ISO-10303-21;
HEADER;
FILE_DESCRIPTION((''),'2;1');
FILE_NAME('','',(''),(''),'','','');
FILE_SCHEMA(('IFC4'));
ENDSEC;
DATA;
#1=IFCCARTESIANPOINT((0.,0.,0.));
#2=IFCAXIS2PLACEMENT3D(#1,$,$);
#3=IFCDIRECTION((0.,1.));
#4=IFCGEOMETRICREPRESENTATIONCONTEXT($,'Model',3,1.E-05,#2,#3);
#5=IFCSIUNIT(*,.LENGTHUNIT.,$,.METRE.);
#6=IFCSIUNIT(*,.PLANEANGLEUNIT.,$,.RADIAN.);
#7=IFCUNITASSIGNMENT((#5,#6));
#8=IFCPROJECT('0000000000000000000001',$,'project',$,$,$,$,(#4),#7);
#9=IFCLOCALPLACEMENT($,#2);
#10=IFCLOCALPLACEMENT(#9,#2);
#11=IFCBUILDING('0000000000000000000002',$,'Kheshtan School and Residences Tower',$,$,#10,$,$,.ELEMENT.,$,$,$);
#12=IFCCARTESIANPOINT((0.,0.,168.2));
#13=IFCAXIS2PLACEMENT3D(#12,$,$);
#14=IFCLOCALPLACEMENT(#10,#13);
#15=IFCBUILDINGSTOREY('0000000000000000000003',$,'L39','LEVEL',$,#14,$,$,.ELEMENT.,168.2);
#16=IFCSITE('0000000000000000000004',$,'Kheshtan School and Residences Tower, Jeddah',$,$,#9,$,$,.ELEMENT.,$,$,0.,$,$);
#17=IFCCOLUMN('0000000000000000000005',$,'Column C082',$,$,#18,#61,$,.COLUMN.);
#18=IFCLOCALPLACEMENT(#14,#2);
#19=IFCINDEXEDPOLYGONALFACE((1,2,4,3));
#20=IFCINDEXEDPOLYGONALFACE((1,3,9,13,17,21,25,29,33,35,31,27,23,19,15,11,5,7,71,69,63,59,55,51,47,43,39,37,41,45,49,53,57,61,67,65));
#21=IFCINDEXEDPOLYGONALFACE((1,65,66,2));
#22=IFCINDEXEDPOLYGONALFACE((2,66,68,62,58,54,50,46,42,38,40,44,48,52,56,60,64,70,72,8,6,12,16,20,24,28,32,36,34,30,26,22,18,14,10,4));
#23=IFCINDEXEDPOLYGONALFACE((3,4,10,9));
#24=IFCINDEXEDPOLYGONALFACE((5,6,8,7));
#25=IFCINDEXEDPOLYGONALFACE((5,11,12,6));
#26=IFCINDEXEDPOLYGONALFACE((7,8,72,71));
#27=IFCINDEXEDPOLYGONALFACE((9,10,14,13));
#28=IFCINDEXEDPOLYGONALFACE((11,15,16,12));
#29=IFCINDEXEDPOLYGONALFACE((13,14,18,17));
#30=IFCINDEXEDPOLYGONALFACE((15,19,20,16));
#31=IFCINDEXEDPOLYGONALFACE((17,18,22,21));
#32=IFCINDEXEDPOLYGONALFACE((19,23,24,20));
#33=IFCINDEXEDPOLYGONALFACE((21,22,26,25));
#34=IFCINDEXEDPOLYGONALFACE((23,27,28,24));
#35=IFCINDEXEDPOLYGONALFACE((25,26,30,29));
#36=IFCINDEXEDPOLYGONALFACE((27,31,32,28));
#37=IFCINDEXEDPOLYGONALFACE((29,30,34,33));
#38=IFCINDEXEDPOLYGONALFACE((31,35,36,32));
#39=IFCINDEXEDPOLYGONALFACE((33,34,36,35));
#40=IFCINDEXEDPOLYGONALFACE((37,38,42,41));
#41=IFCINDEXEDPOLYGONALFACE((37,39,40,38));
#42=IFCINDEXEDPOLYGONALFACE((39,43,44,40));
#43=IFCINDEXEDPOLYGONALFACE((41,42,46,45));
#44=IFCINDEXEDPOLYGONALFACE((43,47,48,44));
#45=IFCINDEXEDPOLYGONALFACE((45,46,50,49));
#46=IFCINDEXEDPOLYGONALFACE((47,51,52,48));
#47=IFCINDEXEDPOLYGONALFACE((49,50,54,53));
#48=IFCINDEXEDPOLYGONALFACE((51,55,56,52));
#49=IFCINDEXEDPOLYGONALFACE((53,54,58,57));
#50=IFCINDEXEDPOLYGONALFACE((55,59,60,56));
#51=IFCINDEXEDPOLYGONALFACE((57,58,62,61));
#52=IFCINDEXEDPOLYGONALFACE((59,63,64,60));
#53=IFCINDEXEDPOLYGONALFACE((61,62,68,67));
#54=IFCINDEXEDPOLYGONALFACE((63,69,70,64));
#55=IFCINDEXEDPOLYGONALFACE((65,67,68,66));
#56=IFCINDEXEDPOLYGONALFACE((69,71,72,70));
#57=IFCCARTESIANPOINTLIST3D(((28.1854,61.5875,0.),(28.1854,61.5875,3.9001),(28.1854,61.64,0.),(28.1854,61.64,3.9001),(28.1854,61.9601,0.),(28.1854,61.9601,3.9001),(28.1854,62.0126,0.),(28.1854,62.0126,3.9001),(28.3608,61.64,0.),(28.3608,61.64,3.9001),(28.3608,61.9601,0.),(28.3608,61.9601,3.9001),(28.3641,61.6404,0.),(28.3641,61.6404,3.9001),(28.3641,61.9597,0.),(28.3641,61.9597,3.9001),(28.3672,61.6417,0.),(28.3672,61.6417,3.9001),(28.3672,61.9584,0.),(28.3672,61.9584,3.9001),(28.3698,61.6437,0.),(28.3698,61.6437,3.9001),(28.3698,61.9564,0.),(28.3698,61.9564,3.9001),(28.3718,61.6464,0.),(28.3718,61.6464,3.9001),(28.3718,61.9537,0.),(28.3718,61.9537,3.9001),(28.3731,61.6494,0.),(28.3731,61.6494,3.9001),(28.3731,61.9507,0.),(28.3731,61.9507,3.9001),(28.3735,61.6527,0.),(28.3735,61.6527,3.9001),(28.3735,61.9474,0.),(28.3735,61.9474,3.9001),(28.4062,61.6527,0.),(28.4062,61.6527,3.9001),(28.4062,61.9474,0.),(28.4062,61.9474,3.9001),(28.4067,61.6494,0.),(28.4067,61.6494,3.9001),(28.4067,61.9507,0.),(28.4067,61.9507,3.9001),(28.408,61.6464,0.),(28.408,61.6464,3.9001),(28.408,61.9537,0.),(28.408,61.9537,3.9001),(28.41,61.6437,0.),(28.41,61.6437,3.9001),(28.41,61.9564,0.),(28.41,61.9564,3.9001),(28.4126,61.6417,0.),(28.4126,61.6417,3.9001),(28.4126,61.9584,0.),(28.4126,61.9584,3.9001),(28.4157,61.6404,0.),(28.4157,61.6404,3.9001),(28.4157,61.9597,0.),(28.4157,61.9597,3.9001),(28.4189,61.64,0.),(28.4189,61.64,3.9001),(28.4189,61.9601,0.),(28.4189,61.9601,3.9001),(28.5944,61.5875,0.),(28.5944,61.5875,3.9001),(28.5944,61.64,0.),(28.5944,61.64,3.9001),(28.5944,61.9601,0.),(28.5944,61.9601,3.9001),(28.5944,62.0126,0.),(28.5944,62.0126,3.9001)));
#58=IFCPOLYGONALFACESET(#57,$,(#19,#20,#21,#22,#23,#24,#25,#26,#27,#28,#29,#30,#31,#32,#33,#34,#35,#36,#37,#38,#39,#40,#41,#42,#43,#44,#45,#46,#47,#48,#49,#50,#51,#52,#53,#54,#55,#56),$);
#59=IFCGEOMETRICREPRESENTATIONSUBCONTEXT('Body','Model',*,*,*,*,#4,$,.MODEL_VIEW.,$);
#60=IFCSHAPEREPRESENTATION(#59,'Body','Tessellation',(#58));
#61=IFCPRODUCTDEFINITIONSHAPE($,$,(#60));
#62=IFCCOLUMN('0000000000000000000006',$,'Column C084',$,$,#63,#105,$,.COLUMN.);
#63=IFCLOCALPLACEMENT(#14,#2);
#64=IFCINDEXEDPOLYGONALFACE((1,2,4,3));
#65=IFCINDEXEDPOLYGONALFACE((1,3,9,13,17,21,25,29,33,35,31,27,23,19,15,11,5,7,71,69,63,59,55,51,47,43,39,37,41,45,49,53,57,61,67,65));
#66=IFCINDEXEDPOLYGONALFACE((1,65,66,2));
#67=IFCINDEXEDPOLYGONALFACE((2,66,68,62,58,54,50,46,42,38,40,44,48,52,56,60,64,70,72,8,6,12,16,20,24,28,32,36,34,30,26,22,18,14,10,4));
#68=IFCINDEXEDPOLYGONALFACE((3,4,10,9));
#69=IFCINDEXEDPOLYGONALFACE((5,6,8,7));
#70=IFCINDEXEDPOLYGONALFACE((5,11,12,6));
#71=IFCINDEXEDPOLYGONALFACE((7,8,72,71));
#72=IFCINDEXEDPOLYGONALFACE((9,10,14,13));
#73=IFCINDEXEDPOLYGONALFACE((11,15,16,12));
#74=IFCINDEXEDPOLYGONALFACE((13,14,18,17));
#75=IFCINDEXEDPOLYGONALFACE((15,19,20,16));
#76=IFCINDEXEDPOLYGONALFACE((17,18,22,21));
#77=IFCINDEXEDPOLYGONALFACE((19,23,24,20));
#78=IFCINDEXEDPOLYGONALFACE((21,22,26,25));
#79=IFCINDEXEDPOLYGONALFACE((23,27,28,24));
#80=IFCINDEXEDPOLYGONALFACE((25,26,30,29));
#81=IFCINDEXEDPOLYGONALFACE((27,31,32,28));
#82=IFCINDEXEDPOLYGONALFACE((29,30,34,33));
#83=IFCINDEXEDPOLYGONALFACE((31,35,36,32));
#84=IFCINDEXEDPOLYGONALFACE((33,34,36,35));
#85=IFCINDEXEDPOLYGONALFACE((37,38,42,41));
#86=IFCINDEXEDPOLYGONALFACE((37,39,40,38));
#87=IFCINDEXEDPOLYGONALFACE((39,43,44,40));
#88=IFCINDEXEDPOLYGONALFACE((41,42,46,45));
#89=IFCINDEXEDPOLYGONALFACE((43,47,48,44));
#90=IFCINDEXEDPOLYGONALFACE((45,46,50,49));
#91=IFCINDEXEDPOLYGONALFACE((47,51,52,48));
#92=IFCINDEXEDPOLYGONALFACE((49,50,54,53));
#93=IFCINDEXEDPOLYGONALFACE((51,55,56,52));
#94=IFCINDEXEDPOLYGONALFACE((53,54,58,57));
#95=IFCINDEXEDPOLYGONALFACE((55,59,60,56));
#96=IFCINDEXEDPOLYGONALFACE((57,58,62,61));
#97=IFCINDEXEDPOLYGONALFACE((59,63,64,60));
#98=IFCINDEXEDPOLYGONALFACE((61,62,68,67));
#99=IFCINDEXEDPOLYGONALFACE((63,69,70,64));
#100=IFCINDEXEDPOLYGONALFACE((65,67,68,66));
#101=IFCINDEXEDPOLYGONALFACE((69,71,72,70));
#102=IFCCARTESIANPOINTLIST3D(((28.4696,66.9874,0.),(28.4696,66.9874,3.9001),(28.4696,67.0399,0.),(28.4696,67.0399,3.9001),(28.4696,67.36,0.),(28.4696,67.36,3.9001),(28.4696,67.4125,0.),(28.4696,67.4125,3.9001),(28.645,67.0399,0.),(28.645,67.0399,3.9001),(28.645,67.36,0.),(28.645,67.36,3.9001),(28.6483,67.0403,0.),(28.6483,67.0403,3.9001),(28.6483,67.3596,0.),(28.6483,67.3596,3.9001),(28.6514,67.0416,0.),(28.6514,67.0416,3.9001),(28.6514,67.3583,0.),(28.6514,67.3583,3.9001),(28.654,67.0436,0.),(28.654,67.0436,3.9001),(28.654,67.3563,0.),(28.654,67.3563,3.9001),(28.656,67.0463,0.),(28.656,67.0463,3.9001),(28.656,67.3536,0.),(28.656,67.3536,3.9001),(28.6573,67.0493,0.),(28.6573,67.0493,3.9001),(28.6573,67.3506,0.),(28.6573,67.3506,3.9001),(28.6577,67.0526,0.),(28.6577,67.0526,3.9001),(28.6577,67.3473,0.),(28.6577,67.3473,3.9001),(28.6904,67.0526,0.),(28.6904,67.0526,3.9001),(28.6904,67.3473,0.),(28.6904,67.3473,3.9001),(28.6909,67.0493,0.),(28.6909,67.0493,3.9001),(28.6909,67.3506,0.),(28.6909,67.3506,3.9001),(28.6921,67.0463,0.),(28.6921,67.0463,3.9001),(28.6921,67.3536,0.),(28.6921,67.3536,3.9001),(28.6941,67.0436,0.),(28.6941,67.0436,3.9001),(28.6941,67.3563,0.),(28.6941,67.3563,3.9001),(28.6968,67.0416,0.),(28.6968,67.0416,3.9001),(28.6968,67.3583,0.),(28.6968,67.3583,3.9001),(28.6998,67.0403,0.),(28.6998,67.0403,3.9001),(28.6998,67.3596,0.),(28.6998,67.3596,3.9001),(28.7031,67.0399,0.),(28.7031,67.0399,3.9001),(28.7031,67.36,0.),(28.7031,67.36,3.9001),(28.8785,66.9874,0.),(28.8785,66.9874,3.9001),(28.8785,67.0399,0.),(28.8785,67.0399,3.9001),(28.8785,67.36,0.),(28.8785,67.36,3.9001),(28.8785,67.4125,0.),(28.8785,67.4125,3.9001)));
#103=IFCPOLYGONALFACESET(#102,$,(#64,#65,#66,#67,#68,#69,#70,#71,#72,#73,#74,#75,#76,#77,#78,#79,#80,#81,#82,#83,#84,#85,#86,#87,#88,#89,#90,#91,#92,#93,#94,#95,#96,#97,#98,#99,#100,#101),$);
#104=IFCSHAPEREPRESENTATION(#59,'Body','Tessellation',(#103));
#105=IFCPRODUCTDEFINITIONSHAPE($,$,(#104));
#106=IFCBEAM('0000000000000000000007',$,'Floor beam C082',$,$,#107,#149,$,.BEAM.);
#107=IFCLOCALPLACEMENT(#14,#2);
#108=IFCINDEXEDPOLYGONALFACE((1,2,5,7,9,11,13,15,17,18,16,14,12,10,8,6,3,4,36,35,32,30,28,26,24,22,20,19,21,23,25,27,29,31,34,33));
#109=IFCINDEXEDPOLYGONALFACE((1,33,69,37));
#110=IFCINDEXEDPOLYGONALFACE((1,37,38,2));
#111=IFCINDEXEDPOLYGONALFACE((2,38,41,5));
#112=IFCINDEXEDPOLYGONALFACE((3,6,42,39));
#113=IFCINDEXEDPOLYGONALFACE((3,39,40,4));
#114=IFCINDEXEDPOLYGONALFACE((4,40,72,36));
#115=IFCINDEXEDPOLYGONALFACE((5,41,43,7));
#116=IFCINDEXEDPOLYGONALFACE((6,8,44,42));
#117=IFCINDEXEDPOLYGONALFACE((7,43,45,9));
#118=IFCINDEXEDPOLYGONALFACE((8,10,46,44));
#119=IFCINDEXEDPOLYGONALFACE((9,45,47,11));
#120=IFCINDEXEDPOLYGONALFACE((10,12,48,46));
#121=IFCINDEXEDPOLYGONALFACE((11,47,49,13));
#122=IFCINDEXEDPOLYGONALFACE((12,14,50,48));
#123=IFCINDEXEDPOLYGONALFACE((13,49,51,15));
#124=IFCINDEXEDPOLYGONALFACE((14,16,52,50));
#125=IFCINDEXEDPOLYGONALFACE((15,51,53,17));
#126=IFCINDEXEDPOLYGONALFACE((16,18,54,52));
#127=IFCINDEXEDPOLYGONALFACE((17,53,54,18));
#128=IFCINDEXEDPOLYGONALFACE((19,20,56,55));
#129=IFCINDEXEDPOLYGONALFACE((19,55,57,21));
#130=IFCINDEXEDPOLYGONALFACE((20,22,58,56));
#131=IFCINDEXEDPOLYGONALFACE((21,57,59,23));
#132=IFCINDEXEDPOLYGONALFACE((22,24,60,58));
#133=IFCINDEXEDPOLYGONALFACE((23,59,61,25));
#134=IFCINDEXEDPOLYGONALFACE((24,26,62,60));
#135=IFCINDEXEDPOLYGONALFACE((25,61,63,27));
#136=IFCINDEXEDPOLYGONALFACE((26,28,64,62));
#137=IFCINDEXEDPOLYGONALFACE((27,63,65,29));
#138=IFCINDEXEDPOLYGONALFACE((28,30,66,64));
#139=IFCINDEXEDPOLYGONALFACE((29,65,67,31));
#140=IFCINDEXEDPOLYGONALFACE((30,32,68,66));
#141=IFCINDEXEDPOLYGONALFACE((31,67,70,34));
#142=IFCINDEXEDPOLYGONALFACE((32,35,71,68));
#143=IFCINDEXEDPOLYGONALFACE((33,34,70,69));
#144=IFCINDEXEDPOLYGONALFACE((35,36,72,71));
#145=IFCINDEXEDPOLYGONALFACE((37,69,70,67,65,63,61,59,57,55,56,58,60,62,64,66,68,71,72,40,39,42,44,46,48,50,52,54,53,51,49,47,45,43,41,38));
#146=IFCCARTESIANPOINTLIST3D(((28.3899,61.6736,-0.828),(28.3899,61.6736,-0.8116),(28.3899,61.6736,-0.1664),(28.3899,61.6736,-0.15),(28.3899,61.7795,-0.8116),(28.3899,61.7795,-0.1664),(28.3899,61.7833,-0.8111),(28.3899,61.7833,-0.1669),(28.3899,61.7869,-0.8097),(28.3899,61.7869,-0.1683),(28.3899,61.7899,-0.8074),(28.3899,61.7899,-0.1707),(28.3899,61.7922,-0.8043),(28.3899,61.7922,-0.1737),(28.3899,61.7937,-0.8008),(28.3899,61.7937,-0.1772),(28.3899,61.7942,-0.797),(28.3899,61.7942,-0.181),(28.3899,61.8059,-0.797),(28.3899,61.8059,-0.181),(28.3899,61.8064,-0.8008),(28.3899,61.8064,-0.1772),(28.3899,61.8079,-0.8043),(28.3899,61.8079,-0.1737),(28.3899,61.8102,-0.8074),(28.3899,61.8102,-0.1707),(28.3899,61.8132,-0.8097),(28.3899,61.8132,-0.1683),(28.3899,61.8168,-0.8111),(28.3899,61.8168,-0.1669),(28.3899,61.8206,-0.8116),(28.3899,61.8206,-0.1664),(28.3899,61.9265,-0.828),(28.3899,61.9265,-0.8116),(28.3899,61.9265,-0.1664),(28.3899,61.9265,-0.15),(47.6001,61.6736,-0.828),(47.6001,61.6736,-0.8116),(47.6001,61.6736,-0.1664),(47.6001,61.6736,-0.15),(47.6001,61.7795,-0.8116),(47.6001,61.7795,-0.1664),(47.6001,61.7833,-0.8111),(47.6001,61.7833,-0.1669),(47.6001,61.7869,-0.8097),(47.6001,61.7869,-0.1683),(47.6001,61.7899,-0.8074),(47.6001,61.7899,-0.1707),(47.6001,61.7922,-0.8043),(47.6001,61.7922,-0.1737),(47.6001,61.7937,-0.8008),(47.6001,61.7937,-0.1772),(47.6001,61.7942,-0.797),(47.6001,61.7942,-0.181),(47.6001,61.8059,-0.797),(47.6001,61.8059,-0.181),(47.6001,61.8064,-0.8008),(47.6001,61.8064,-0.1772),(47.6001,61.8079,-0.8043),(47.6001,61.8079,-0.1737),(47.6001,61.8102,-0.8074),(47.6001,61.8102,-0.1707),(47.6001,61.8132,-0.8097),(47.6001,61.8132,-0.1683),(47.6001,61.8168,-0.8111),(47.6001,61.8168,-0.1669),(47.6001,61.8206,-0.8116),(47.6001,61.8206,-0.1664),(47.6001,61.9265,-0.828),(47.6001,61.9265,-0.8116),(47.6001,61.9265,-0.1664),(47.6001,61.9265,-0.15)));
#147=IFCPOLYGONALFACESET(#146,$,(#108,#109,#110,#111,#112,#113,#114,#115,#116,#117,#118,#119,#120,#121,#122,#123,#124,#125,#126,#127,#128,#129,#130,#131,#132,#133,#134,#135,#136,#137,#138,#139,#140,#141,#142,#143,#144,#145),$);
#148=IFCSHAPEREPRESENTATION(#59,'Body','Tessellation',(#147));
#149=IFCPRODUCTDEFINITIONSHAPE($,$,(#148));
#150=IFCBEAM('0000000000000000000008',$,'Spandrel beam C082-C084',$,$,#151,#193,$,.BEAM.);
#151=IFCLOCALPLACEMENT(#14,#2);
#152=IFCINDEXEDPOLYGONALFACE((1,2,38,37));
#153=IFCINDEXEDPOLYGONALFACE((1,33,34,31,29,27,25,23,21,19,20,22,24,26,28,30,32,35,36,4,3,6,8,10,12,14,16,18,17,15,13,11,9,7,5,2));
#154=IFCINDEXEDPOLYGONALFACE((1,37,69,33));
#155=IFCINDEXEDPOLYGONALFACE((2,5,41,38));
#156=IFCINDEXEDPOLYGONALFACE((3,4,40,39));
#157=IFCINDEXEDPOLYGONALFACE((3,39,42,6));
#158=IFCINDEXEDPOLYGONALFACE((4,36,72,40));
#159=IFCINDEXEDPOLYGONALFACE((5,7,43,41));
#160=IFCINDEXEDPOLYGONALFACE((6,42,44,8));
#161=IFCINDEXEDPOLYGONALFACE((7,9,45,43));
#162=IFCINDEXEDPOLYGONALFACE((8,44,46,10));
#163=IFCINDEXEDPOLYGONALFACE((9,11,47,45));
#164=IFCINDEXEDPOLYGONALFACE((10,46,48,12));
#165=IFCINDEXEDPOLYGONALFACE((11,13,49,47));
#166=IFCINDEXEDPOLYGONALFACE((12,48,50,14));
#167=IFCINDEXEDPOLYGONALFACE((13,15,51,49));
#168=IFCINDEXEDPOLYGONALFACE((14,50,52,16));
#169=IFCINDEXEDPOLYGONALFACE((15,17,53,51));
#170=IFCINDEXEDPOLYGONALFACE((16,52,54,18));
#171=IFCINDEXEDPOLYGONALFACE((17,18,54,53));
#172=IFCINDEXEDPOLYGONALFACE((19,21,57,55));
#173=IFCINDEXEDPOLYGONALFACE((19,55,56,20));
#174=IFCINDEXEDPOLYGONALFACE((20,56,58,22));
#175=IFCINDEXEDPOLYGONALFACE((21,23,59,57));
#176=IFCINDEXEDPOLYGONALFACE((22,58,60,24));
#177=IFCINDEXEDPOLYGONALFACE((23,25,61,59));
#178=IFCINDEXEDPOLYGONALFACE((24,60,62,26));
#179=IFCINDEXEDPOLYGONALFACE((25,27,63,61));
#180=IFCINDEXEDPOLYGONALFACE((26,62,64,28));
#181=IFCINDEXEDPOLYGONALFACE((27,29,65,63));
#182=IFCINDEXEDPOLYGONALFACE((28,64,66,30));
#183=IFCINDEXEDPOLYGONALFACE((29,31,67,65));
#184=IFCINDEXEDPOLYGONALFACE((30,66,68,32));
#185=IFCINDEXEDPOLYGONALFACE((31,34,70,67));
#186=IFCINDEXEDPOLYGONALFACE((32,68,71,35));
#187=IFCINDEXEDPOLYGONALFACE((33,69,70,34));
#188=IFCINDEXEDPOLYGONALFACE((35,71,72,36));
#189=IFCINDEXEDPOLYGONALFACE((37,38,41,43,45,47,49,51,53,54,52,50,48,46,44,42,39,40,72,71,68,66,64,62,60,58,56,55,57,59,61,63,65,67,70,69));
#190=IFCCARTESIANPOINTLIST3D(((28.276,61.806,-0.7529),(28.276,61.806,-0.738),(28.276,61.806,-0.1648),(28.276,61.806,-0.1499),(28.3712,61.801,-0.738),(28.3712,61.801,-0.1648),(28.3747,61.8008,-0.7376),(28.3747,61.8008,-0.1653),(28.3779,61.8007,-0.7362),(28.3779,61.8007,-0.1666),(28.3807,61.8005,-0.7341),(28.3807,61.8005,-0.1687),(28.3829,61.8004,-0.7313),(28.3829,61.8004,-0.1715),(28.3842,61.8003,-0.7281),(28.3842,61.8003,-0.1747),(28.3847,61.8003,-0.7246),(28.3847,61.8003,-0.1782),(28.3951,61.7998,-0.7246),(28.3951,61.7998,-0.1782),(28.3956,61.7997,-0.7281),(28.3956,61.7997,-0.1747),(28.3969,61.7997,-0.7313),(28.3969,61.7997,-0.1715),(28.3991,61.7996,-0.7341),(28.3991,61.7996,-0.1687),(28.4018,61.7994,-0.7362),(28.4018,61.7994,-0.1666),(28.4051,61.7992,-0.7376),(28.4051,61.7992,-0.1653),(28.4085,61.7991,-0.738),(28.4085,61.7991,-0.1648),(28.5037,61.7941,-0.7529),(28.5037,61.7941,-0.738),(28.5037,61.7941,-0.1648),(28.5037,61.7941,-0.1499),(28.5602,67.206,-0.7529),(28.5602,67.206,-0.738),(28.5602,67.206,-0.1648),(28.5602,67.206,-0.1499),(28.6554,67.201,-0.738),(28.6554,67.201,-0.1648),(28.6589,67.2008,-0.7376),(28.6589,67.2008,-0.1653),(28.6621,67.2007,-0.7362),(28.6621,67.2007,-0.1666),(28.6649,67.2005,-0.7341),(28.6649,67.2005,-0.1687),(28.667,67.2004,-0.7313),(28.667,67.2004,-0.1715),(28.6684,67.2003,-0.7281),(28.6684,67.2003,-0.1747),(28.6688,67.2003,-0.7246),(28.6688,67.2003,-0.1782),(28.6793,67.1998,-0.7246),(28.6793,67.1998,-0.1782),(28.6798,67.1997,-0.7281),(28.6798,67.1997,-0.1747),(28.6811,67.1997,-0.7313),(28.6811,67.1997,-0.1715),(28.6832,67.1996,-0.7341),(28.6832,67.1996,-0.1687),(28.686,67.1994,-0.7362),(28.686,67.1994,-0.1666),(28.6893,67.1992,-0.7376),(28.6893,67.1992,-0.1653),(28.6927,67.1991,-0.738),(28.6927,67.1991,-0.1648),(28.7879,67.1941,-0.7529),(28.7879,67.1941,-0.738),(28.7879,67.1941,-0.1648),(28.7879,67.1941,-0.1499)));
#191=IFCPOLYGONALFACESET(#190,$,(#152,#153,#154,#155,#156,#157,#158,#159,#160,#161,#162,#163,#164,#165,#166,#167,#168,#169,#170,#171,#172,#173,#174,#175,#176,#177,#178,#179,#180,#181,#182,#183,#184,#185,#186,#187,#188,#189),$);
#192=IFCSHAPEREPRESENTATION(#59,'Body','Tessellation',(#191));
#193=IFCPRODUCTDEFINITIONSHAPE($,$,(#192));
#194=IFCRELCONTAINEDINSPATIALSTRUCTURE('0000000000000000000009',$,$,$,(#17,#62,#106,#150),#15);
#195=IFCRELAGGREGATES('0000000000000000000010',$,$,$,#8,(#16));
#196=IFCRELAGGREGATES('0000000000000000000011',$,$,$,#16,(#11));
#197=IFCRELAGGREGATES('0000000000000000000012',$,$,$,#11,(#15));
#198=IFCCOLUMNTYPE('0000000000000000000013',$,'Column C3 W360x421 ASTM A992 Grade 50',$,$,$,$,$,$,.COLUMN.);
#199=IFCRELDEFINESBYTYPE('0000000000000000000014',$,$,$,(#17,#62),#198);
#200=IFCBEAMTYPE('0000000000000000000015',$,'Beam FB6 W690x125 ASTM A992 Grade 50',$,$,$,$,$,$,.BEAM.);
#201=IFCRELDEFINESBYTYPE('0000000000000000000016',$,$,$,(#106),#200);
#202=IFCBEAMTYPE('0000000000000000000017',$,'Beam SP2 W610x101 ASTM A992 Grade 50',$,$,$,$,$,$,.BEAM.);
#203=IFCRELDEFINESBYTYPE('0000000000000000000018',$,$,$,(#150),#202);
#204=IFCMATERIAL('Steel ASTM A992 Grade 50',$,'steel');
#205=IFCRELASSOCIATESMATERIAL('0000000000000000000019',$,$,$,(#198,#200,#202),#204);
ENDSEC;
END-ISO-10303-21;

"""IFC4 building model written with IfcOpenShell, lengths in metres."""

from ifc_helpers import new_model, si_unit, direction, frame, origin, origin_2d, place, context, subcontext, project, spatial, i_section, extrude, material, material_profile, profile_set, type_object, element, save


model = new_model("IFC4")

# Units and contexts
model_context = context("Model", 3, precision=1e-05, world=origin(), true_north=direction((0.0, 1.0)))
body_context = subcontext(model_context, "Body", "Model", "MODEL_VIEW")
ifc_project = project(units=[si_unit("LENGTHUNIT", "METRE"), si_unit("PLANEANGLEUNIT", "RADIAN")], contexts=[model_context])

# Site, building, storey
site_placement = place(None, origin())
site = spatial("IfcSite", under=ifc_project, at=site_placement, Name="Kheshtan School and Residences Tower, Jeddah", CompositionType="ELEMENT", RefElevation=0.0)
building_placement = place(site_placement, origin())
building = spatial("IfcBuilding", under=site, at=building_placement, Name="Kheshtan School and Residences Tower", CompositionType="ELEMENT")
storey_placement = place(building_placement, frame((0.0, 0.0, 168.2)))
storey = spatial("IfcBuildingStorey", under=building, at=storey_placement, Name="L39", Description="LEVEL", CompositionType="ELEMENT", Elevation=168.2)

# Columns
ifc_material_1 = material(Name="Steel ASTM A992 Grade 50", Category="steel")
ifc_material_profile_1 = material_profile(ifc_material_1, i_section(OverallWidth=0.4089, OverallDepth=0.425, WebThickness=0.0327, FlangeThickness=0.0525, FilletRadius=0.0127, at=origin_2d()), Name="W360x421")
ifc_profile_set_1 = profile_set([ifc_material_profile_1], Name="Steel ASTM A992 Grade 50")
column_type = type_object("IfcColumnType", Name="Column C3 W360x421 ASTM A992 Grade 50", PredefinedType="COLUMN", material=ifc_profile_set_1)
for number, where, z_axis, x_axis, name in (
    (1, (28.3899, 61.8, 0.0), (0.0, 0.0, 1.0), (1.0, 0.0, 0.0), "Column C082"),
    (2, (28.6741, 67.2, 0.0), (0.0, 0.0, 1.0), (1.0, 0.0, 0.0), "Column C084"),
):
    element("IfcColumn", number, at=place(storey_placement, frame(where, z_axis=z_axis, x_axis=x_axis)), inside=storey, type_object=column_type, Name=name, PredefinedType="COLUMN", context=body_context, shape_type="SweptSolid", body=[
        extrude(i_section(OverallWidth=0.4089, OverallDepth=0.425, WebThickness=0.0327, FlangeThickness=0.0525, FilletRadius=0.0127, at=origin_2d()), origin(), (0.0, 0.0, 1.0), 3.9001),
    ])

# Beams
ifc_material_profile_2 = material_profile(ifc_material_1, i_section(OverallWidth=0.2529, OverallDepth=0.678, WebThickness=0.0117, FlangeThickness=0.0164, FilletRadius=0.0146, at=origin_2d()), Name="W690x125")
ifc_profile_set_2 = profile_set([ifc_material_profile_2], Name="Steel ASTM A992 Grade 50")
beam_type_1 = type_object("IfcBeamType", Name="Beam FB6 W690x125 ASTM A992 Grade 50", PredefinedType="BEAM", material=ifc_profile_set_2)
beam_1_placement = place(storey_placement, frame((28.3899, 61.8, -0.489), z_axis=(1.0, 0.0, 0.0), x_axis=(0.0, 1.0, 0.0)))
element("IfcBeam", 3, at=beam_1_placement, inside=storey, type_object=beam_type_1, Name="Floor beam C082", PredefinedType="BEAM", context=body_context, shape_type="SweptSolid", body=[
    extrude(i_section(OverallWidth=0.2529, OverallDepth=0.678, WebThickness=0.0117, FlangeThickness=0.0164, FilletRadius=0.0146, at=origin_2d()), origin(), (0.0, 0.0, 1.0), 19.2102),
])
ifc_material_profile_3 = material_profile(ifc_material_1, i_section(OverallWidth=0.228, OverallDepth=0.603, WebThickness=0.0105, FlangeThickness=0.0149, FilletRadius=0.0134, at=origin_2d()), Name="W610x101")
ifc_profile_set_3 = profile_set([ifc_material_profile_3], Name="Steel ASTM A992 Grade 50")
beam_type_2 = type_object("IfcBeamType", Name="Beam SP2 W610x101 ASTM A992 Grade 50", PredefinedType="BEAM", material=ifc_profile_set_3)
beam_2_placement = place(storey_placement, frame((28.3899, 61.8, -0.4514), z_axis=(0.052554, 0.998618, 0.0), x_axis=(-0.998618, 0.052554, 0.0)))
element("IfcBeam", 4, at=beam_2_placement, inside=storey, type_object=beam_type_2, Name="Spandrel beam C082-C084", PredefinedType="BEAM", context=body_context, shape_type="SweptSolid", body=[
    extrude(i_section(OverallWidth=0.228, OverallDepth=0.603, WebThickness=0.0105, FlangeThickness=0.0149, FilletRadius=0.0134, at=origin_2d()), origin(), (0.0, 0.0, 1.0), 5.4075),
])

save(model, "model.ifc")
